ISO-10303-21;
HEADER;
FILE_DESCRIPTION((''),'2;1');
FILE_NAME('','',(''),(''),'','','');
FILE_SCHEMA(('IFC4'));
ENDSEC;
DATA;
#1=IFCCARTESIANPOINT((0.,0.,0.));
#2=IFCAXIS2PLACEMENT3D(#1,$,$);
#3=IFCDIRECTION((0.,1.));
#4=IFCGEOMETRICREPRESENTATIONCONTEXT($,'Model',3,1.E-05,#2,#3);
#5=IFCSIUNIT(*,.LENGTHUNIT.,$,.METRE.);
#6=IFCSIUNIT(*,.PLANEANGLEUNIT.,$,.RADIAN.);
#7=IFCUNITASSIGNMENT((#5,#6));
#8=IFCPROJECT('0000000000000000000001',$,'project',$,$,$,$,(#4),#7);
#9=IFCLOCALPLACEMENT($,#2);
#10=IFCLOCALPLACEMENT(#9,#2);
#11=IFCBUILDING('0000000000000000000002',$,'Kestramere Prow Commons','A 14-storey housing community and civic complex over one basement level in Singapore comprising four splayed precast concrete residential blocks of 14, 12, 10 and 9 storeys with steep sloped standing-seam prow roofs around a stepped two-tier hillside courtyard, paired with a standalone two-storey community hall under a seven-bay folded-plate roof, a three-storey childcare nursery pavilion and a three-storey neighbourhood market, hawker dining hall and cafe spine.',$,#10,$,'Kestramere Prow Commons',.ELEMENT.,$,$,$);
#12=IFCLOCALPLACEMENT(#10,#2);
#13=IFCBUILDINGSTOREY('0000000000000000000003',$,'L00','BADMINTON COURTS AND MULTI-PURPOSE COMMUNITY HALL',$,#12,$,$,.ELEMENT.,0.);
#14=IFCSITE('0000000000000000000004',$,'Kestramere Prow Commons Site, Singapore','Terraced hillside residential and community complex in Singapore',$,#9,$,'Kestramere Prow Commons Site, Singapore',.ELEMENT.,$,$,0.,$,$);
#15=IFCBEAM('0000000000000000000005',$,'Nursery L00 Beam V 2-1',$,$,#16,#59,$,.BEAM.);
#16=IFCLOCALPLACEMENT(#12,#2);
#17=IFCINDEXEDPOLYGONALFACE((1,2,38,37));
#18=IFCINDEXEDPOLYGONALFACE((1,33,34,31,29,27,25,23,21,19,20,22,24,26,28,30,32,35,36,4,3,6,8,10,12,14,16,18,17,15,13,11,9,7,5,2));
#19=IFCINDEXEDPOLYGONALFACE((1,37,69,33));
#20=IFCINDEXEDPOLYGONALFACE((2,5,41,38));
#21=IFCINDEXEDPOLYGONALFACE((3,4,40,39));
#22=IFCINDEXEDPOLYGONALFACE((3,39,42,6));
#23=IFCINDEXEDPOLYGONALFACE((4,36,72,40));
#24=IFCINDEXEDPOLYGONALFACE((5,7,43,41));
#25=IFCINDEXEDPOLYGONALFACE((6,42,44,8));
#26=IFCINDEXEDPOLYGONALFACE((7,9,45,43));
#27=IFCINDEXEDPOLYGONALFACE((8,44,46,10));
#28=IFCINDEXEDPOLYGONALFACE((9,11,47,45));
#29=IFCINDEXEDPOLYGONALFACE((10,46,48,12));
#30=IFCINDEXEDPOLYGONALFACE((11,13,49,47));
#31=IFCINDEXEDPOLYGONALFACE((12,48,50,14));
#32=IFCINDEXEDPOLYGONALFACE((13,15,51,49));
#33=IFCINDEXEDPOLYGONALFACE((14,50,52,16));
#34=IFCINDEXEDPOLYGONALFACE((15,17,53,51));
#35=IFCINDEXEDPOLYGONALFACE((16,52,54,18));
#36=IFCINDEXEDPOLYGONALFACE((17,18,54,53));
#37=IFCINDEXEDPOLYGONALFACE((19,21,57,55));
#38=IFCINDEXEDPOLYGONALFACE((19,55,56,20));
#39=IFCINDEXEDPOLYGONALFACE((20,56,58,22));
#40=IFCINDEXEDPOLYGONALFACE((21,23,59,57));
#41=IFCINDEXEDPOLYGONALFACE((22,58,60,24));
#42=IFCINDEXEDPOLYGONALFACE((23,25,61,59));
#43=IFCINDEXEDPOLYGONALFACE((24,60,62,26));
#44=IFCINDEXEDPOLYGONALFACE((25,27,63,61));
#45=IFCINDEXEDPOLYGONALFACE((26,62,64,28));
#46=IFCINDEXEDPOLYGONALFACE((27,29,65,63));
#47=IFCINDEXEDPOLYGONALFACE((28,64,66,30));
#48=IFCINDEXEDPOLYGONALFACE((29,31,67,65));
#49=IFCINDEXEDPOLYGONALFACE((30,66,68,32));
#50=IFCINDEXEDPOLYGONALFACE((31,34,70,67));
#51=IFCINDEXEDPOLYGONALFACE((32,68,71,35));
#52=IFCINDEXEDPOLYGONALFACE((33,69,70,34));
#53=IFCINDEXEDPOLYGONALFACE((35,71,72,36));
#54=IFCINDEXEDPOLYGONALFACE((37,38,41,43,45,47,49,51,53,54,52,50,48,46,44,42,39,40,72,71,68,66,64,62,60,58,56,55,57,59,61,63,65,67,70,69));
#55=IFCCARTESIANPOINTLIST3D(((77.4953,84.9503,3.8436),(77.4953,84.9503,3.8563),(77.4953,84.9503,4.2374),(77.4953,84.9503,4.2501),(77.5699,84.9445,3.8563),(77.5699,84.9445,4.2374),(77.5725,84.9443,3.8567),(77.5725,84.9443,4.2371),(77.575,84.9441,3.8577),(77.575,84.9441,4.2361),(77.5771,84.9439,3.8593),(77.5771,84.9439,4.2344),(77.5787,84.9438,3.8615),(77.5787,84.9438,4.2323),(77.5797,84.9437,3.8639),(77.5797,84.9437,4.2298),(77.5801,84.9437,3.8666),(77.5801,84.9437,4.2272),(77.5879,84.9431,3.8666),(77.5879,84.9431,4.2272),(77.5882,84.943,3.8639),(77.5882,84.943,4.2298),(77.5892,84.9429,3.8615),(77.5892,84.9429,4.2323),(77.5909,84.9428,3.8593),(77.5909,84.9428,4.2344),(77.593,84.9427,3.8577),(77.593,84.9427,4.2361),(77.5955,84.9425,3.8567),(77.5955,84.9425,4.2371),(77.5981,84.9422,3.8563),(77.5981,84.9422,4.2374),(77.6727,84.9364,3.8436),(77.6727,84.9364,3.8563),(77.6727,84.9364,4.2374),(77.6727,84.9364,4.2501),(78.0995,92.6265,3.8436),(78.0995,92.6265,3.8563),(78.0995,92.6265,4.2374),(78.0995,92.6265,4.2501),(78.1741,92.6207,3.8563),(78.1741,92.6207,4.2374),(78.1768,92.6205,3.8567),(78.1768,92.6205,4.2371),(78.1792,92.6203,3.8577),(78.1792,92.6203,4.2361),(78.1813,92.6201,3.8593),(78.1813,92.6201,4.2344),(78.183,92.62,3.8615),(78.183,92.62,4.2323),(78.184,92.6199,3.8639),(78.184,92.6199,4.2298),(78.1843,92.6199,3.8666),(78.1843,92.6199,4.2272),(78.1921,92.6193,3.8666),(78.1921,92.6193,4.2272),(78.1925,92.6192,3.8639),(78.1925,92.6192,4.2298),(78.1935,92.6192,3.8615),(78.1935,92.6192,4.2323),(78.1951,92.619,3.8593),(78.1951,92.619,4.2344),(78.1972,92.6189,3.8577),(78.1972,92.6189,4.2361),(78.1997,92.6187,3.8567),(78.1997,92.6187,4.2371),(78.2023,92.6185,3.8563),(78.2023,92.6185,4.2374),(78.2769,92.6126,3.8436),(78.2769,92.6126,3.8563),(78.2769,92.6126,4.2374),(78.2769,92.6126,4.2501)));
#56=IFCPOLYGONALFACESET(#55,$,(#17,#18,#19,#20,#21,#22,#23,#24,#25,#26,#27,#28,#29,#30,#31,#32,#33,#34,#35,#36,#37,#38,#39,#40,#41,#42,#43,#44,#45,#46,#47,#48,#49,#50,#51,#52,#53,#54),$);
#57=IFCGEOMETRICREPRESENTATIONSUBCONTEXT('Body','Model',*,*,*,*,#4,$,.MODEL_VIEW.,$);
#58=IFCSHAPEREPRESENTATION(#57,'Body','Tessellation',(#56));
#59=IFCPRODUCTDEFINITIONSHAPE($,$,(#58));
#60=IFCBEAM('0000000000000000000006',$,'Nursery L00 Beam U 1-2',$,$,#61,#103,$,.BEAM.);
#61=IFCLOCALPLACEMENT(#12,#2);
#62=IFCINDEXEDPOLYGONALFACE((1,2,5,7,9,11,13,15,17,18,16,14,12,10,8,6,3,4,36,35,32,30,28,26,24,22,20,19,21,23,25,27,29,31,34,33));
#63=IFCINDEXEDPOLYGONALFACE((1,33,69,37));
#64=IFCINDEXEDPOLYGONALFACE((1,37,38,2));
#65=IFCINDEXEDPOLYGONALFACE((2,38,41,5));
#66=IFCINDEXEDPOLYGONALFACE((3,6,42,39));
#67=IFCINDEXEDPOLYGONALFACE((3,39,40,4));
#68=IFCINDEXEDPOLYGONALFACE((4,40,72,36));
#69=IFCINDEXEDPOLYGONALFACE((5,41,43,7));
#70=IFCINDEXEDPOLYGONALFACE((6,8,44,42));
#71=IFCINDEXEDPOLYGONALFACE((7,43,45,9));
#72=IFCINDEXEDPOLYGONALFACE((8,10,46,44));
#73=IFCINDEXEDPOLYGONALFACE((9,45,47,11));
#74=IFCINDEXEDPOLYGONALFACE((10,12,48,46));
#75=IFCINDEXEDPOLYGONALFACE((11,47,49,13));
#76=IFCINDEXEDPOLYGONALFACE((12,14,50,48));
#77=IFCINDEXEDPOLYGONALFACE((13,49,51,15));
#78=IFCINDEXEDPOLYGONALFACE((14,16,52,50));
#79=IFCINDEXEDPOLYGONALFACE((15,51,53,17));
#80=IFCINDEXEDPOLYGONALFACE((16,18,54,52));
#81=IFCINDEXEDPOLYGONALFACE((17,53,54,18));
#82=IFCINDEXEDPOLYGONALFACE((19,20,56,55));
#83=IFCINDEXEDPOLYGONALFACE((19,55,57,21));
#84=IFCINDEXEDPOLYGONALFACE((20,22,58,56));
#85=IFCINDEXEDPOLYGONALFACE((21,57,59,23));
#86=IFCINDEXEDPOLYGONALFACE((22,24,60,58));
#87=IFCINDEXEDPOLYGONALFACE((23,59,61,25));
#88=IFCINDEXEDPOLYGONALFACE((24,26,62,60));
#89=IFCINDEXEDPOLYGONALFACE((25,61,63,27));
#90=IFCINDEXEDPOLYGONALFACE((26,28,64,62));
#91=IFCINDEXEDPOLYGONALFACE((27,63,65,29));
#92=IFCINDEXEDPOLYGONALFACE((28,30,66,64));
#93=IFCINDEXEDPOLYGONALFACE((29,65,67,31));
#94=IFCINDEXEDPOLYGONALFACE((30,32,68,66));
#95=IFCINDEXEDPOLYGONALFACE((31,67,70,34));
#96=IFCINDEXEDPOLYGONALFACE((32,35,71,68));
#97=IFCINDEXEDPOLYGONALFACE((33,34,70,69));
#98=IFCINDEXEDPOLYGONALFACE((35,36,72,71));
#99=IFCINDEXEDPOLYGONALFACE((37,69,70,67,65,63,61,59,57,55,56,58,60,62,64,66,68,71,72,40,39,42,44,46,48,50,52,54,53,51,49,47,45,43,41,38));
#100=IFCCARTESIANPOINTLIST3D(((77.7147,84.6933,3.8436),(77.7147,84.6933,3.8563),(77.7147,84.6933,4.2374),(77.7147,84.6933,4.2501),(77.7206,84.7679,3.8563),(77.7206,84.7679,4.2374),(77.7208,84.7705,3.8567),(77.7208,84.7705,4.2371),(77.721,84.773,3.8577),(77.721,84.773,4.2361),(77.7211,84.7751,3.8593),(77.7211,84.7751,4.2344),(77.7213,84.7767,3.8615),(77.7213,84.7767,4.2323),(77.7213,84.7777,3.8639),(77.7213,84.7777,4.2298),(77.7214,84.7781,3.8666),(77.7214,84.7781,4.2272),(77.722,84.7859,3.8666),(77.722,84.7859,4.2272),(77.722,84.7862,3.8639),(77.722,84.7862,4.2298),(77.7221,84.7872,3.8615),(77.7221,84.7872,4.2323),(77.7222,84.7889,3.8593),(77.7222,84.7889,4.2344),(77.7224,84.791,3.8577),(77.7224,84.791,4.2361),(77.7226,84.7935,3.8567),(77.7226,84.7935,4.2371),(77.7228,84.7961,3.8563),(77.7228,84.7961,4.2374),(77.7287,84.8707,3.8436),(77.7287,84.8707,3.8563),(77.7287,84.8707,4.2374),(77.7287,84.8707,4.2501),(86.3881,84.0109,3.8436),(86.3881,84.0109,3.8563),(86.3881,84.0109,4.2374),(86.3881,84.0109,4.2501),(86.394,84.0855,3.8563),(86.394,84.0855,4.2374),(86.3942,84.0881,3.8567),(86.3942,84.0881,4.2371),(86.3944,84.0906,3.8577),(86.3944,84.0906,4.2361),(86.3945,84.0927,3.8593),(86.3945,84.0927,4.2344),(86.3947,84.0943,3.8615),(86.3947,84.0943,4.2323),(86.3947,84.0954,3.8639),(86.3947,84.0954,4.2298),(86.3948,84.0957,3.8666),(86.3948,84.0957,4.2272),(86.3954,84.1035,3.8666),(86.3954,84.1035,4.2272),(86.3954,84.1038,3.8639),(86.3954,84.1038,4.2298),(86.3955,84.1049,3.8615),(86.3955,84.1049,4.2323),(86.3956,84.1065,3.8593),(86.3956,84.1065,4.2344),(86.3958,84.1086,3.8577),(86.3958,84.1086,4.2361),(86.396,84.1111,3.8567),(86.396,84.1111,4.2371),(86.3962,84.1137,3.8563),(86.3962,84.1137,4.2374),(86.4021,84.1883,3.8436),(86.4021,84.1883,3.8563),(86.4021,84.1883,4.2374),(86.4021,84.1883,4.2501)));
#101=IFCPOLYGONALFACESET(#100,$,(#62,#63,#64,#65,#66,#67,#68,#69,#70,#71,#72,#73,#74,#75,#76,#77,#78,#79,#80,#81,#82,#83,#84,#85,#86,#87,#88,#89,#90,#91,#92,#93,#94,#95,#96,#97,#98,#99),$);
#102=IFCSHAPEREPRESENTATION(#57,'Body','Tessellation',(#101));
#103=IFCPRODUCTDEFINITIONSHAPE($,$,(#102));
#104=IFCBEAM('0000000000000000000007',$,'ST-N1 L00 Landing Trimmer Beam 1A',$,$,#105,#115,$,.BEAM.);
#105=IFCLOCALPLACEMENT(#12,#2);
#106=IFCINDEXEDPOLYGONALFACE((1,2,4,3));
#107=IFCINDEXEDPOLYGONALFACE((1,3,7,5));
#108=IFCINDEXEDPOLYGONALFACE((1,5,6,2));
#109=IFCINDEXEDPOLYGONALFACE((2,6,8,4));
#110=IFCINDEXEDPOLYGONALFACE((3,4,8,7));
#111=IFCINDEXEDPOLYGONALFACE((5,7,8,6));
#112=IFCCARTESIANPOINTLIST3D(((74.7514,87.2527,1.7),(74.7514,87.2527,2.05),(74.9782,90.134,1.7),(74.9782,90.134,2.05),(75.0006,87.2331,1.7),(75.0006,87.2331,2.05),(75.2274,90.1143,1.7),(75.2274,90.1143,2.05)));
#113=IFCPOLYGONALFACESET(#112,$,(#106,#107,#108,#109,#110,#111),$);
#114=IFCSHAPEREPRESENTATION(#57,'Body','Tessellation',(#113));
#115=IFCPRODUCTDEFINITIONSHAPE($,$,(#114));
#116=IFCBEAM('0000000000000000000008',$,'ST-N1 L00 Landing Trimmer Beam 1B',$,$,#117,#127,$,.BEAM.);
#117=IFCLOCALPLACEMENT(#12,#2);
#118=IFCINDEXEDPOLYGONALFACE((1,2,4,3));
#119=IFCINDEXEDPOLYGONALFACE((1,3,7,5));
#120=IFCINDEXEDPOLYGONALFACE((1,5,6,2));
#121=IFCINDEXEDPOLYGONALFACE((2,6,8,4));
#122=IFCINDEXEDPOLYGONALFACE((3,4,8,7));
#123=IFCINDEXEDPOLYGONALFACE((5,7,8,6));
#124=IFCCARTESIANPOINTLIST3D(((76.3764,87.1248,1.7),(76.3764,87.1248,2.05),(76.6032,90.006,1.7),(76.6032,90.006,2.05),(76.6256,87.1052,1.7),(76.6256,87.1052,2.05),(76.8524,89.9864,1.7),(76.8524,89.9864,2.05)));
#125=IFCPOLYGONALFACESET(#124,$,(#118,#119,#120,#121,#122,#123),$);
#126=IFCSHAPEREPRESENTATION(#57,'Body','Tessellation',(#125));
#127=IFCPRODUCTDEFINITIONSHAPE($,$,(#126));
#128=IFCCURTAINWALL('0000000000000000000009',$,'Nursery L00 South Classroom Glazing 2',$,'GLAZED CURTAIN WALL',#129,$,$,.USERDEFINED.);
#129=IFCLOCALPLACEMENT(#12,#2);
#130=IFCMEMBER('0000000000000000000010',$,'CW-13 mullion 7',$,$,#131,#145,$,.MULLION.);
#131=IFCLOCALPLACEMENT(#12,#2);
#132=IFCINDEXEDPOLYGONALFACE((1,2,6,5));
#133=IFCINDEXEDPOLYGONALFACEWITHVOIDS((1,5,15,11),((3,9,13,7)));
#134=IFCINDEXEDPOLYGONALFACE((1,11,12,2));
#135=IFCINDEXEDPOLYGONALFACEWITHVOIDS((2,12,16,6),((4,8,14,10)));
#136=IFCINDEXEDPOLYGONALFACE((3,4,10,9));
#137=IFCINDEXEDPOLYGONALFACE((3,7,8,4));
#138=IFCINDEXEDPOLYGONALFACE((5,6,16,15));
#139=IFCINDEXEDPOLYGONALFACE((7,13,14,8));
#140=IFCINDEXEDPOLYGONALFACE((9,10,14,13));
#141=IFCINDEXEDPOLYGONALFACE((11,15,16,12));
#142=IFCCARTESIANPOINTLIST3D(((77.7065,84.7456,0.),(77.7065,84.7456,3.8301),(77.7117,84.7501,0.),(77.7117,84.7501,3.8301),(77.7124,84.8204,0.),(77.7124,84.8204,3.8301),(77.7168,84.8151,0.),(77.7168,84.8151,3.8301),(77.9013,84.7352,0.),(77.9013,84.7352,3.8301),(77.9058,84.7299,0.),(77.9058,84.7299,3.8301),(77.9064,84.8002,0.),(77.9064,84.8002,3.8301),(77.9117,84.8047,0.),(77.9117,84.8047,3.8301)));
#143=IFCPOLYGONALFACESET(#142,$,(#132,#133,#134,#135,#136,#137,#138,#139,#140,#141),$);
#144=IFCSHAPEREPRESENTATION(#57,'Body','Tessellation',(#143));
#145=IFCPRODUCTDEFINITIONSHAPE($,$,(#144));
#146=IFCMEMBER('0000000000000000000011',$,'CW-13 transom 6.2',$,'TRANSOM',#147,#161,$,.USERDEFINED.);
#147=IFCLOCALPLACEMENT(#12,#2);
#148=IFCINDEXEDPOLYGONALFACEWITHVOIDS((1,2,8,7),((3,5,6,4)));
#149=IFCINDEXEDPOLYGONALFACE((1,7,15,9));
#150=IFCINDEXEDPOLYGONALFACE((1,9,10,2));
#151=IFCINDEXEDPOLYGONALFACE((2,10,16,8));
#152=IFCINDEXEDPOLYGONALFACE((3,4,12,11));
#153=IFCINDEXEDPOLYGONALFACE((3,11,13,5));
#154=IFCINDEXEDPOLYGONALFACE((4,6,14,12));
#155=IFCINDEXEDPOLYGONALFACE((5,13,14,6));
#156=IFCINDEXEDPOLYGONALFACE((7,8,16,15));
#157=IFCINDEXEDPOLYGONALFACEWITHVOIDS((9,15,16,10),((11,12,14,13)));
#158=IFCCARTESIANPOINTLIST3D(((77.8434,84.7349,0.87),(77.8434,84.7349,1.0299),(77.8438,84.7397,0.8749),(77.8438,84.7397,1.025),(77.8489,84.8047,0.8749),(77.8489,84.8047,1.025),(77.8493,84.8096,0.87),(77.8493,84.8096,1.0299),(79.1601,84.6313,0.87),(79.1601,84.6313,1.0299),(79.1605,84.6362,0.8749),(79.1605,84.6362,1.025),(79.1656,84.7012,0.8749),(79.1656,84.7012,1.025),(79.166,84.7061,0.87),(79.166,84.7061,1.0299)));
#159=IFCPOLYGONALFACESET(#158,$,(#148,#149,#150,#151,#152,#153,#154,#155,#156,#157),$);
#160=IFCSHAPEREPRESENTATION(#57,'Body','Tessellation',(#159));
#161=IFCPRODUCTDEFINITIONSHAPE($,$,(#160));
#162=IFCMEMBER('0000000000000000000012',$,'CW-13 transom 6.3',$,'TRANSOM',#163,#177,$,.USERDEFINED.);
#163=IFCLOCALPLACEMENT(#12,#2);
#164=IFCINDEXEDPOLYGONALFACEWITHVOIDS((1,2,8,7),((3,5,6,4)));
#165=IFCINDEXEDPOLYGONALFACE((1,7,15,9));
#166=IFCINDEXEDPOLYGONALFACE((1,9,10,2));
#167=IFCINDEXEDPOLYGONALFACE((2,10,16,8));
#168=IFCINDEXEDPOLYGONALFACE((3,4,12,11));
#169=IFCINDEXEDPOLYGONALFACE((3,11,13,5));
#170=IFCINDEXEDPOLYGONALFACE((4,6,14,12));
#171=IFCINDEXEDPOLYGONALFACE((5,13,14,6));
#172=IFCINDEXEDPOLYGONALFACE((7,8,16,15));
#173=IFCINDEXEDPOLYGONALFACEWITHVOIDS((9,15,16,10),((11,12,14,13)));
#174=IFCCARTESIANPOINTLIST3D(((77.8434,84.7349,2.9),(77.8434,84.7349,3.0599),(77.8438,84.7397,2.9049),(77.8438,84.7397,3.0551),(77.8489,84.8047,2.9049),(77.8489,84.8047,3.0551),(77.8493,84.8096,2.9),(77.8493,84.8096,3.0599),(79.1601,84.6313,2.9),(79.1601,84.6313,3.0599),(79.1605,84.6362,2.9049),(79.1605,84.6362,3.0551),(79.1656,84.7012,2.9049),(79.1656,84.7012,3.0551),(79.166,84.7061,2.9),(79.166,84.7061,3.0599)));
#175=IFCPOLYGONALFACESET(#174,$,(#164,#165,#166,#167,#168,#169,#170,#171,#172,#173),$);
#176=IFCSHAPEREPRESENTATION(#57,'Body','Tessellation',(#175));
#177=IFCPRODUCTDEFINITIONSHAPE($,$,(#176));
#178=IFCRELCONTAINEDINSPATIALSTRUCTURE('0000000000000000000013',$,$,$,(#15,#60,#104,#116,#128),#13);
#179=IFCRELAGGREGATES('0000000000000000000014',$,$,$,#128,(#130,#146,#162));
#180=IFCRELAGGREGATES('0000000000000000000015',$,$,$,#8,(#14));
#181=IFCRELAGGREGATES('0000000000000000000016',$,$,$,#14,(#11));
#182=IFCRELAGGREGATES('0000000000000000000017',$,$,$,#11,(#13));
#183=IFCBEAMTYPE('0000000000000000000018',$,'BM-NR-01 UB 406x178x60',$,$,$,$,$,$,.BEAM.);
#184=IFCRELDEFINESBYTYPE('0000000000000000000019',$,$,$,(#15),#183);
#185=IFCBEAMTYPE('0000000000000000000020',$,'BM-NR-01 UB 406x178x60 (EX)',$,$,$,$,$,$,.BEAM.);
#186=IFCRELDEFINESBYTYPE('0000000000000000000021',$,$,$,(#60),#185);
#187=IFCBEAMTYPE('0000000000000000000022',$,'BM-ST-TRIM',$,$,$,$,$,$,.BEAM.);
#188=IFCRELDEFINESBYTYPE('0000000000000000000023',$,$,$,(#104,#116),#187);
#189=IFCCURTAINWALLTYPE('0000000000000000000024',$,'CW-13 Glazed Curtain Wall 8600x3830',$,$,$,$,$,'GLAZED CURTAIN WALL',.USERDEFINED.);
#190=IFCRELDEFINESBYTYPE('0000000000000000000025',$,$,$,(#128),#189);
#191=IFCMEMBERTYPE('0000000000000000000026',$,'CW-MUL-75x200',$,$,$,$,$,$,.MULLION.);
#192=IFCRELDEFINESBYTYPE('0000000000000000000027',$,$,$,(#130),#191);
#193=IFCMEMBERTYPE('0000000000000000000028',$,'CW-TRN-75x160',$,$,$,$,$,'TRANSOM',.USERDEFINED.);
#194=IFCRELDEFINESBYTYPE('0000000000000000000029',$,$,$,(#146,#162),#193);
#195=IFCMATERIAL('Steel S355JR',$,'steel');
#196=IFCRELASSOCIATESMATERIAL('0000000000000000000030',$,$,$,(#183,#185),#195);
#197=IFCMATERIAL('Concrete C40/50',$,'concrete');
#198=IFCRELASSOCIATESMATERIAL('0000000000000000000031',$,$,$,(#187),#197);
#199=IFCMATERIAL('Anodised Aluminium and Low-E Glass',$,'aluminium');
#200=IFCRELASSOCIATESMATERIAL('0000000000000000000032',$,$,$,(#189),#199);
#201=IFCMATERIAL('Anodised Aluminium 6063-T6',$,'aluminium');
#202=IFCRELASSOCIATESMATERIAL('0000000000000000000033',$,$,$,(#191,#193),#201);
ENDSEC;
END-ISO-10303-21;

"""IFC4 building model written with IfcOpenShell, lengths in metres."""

from ifc_helpers import new_model, si_unit, direction, frame, origin, origin_2d, place, context, subcontext, project, spatial, rectangle, hollow_rectangle, i_section, extrude, material, material_profile, profile_set, type_object, element, aggregate, save


model = new_model("IFC4")

# Units and contexts
model_context = context("Model", 3, precision=1e-05, world=origin(), true_north=direction((0.0, 1.0)))
body_context = subcontext(model_context, "Body", "Model", "MODEL_VIEW")
ifc_project = project(units=[si_unit("LENGTHUNIT", "METRE"), si_unit("PLANEANGLEUNIT", "RADIAN")], contexts=[model_context])

# Site, building, storey
site_placement = place(None, origin())
site = spatial("IfcSite", under=ifc_project, at=site_placement, Name="Kestramere Prow Commons Site, Singapore", Description="Terraced hillside residential and community complex in Singapore", LongName="Kestramere Prow Commons Site, Singapore", CompositionType="ELEMENT", RefElevation=0.0)
building_placement = place(site_placement, origin())
building = spatial("IfcBuilding", under=site, at=building_placement, Name="Kestramere Prow Commons", Description="A 14-storey housing community and civic complex over one basement level in Singapore comprising four splayed precast concrete residential blocks of 14, 12, 10 and 9 storeys with steep sloped standing-seam prow roofs around a stepped two-tier hillside courtyard, paired with a standalone two-storey community hall under a seven-bay folded-plate roof, a three-storey childcare nursery pavilion and a three-storey neighbourhood market, hawker dining hall and cafe spine.", LongName="Kestramere Prow Commons", CompositionType="ELEMENT")
storey_placement = place(building_placement, origin())
storey = spatial("IfcBuildingStorey", under=building, at=storey_placement, Name="L00", Description="BADMINTON COURTS AND MULTI-PURPOSE COMMUNITY HALL", CompositionType="ELEMENT", Elevation=0.0)

# Shared definitions
ifc_material_1 = material(Name="Steel S355JR", Category="steel")

# Beams
ifc_material_profile_1 = material_profile(ifc_material_1, i_section(OverallWidth=0.178, OverallDepth=0.4065, WebThickness=0.0078, FlangeThickness=0.0127, FilletRadius=0.0103, at=origin_2d()), Name="UB 406x178x60")
ifc_profile_set_1 = profile_set([ifc_material_profile_1], Name="Steel S355JR")
beam_type_1 = type_object("IfcBeamType", Name="BM-NR-01 UB 406x178x60", PredefinedType="BEAM", material=ifc_profile_set_1)
beam_1_placement = place(storey_placement, frame((77.584, 84.9434, 4.0469), z_axis=(0.078474, 0.996916, 0.0), x_axis=(-0.996916, 0.078474, 0.0)))
element("IfcBeam", 1, at=beam_1_placement, inside=storey, type_object=beam_type_1, Name="Nursery L00 Beam V 2-1", PredefinedType="BEAM", context=body_context, shape_type="SweptSolid", body=[
    extrude(i_section(OverallWidth=0.178, OverallDepth=0.4065, WebThickness=0.0078, FlangeThickness=0.0127, FilletRadius=0.0103, at=origin_2d()), origin(), (0.0, 0.0, 1.0), 7.7),
])
ifc_material_profile_2 = material_profile(ifc_material_1, i_section(OverallWidth=0.178, OverallDepth=0.4065, WebThickness=0.0078, FlangeThickness=0.0127, FilletRadius=0.0103, at=origin_2d()), Name="UB 406x178x60")
ifc_profile_set_2 = profile_set([ifc_material_profile_2], Name="Steel S355JR")
beam_type_2 = type_object("IfcBeamType", Name="BM-NR-01 UB 406x178x60 (EX)", PredefinedType="BEAM", material=ifc_profile_set_2)
beam_2_placement = place(storey_placement, frame((77.7217, 84.782, 4.0469), z_axis=(0.996919, -0.078432, 0.0), x_axis=(0.078432, 0.996919, 0.0)))
element("IfcBeam", 2, at=beam_2_placement, inside=storey, type_object=beam_type_2, Name="Nursery L00 Beam U 1-2", PredefinedType="BEAM", context=body_context, shape_type="SweptSolid", body=[
    extrude(i_section(OverallWidth=0.178, OverallDepth=0.4065, WebThickness=0.0078, FlangeThickness=0.0127, FilletRadius=0.0103, at=origin_2d()), origin(), (0.0, 0.0, 1.0), 8.7002),
])
ifc_material_2 = material(Name="Concrete C40/50", Category="concrete")
ifc_material_profile_3 = material_profile(ifc_material_2, rectangle(XDim=0.25, YDim=0.3501, at=origin_2d()), Name="PC-BM 250x350")
ifc_profile_set_3 = profile_set([ifc_material_profile_3], Name="Concrete C40/50")
beam_type_3 = type_object("IfcBeamType", Name="BM-ST-TRIM", PredefinedType="BEAM", material=ifc_profile_set_3)
for number, where, z_axis, x_axis, name in (
    (3, (74.876, 87.2429, 1.875), (0.078479, 0.996916, 0.0), (-0.996916, 0.078479, 0.0), "ST-N1 L00 Landing Trimmer Beam 1A"),
    (4, (76.501, 87.115, 1.875), (0.078479, 0.996916, 0.0), (-0.996916, 0.078479, 0.0), "ST-N1 L00 Landing Trimmer Beam 1B"),
):
    element("IfcBeam", number, at=place(storey_placement, frame(where, z_axis=z_axis, x_axis=x_axis)), inside=storey, type_object=beam_type_3, Name=name, PredefinedType="BEAM", context=body_context, shape_type="SweptSolid", body=[
        extrude(rectangle(XDim=0.25, YDim=0.3501, at=origin_2d()), origin(), (0.0, 0.0, 1.0), 2.8901),
    ])

# Curtain wall, members
ifc_material_3 = material(Name="Anodised Aluminium and Low-E Glass", Category="aluminium")
curtain_wall_type = type_object("IfcCurtainWallType", Name="CW-13 Glazed Curtain Wall 8600x3830", ElementType="GLAZED CURTAIN WALL", PredefinedType="USERDEFINED", material=ifc_material_3)
curtain_wall_placement = place(storey_placement, origin())
curtain_wall = element("IfcCurtainWall", 5, at=curtain_wall_placement, inside=storey, type_object=curtain_wall_type, Name="Nursery L00 South Classroom Glazing 2", ObjectType="GLAZED CURTAIN WALL", PredefinedType="USERDEFINED")
ifc_material_4 = material(Name="Anodised Aluminium 6063-T6", Category="aluminium")
ifc_material_profile_4 = material_profile(ifc_material_4, hollow_rectangle(XDim=0.075, YDim=0.2, WallThickness=0.0049, at=origin_2d()), Name="ALU-MUL 75x200")
ifc_profile_set_4 = profile_set([ifc_material_profile_4], Name="Anodised Aluminium 6063-T6")
member_type_1 = type_object("IfcMemberType", Name="CW-MUL-75x200", PredefinedType="MULLION", material=ifc_profile_set_4)
member_1_placement = place(storey_placement, frame((77.8091, 84.7751, 0.0), z_axis=(0.0, 0.0, 1.0), x_axis=(-0.078459, -0.996917, 0.0)))
member_1 = element("IfcMember", 6, at=member_1_placement, type_object=member_type_1, Name="CW-13 mullion 7", PredefinedType="MULLION", context=body_context, shape_type="SweptSolid", body=[
    extrude(hollow_rectangle(XDim=0.075, YDim=0.2, WallThickness=0.0049, at=origin_2d()), origin(), (0.0, 0.0, 1.0), 3.8301),
])
ifc_material_profile_5 = material_profile(ifc_material_4, hollow_rectangle(XDim=0.075, YDim=0.1599, WallThickness=0.0049, at=origin_2d()), Name="ALU-TRN 75x160")
ifc_profile_set_5 = profile_set([ifc_material_profile_5], Name="Anodised Aluminium 6063-T6")
member_type_2 = type_object("IfcMemberType", Name="CW-TRN-75x160", ElementType="TRANSOM", PredefinedType="USERDEFINED", material=ifc_profile_set_5)
member_2_placement = place(storey_placement, frame((79.1631, 84.6687, 0.95), z_axis=(-0.996924, 0.078379, 0.0), x_axis=(-0.078379, -0.996924, 0.0)))
member_2 = element("IfcMember", 7, at=member_2_placement, type_object=member_type_2, Name="CW-13 transom 6.2", ObjectType="TRANSOM", PredefinedType="USERDEFINED", context=body_context, shape_type="SweptSolid", body=[
    extrude(hollow_rectangle(XDim=0.075, YDim=0.1599, WallThickness=0.0049, at=origin_2d()), origin(), (0.0, 0.0, 1.0), 1.3208),
])
member_3_placement = place(storey_placement, frame((79.1631, 84.6687, 2.98), z_axis=(-0.996924, 0.078379, 0.0), x_axis=(-0.078379, -0.996924, 0.0)))
member_3 = element("IfcMember", 8, at=member_3_placement, type_object=member_type_2, Name="CW-13 transom 6.3", ObjectType="TRANSOM", PredefinedType="USERDEFINED", context=body_context, shape_type="SweptSolid", body=[
    extrude(hollow_rectangle(XDim=0.075, YDim=0.1599, WallThickness=0.0049, at=origin_2d()), origin(), (0.0, 0.0, 1.0), 1.3208),
])
aggregate(curtain_wall, [member_1, member_2, member_3])

save(model, "model.ifc")
